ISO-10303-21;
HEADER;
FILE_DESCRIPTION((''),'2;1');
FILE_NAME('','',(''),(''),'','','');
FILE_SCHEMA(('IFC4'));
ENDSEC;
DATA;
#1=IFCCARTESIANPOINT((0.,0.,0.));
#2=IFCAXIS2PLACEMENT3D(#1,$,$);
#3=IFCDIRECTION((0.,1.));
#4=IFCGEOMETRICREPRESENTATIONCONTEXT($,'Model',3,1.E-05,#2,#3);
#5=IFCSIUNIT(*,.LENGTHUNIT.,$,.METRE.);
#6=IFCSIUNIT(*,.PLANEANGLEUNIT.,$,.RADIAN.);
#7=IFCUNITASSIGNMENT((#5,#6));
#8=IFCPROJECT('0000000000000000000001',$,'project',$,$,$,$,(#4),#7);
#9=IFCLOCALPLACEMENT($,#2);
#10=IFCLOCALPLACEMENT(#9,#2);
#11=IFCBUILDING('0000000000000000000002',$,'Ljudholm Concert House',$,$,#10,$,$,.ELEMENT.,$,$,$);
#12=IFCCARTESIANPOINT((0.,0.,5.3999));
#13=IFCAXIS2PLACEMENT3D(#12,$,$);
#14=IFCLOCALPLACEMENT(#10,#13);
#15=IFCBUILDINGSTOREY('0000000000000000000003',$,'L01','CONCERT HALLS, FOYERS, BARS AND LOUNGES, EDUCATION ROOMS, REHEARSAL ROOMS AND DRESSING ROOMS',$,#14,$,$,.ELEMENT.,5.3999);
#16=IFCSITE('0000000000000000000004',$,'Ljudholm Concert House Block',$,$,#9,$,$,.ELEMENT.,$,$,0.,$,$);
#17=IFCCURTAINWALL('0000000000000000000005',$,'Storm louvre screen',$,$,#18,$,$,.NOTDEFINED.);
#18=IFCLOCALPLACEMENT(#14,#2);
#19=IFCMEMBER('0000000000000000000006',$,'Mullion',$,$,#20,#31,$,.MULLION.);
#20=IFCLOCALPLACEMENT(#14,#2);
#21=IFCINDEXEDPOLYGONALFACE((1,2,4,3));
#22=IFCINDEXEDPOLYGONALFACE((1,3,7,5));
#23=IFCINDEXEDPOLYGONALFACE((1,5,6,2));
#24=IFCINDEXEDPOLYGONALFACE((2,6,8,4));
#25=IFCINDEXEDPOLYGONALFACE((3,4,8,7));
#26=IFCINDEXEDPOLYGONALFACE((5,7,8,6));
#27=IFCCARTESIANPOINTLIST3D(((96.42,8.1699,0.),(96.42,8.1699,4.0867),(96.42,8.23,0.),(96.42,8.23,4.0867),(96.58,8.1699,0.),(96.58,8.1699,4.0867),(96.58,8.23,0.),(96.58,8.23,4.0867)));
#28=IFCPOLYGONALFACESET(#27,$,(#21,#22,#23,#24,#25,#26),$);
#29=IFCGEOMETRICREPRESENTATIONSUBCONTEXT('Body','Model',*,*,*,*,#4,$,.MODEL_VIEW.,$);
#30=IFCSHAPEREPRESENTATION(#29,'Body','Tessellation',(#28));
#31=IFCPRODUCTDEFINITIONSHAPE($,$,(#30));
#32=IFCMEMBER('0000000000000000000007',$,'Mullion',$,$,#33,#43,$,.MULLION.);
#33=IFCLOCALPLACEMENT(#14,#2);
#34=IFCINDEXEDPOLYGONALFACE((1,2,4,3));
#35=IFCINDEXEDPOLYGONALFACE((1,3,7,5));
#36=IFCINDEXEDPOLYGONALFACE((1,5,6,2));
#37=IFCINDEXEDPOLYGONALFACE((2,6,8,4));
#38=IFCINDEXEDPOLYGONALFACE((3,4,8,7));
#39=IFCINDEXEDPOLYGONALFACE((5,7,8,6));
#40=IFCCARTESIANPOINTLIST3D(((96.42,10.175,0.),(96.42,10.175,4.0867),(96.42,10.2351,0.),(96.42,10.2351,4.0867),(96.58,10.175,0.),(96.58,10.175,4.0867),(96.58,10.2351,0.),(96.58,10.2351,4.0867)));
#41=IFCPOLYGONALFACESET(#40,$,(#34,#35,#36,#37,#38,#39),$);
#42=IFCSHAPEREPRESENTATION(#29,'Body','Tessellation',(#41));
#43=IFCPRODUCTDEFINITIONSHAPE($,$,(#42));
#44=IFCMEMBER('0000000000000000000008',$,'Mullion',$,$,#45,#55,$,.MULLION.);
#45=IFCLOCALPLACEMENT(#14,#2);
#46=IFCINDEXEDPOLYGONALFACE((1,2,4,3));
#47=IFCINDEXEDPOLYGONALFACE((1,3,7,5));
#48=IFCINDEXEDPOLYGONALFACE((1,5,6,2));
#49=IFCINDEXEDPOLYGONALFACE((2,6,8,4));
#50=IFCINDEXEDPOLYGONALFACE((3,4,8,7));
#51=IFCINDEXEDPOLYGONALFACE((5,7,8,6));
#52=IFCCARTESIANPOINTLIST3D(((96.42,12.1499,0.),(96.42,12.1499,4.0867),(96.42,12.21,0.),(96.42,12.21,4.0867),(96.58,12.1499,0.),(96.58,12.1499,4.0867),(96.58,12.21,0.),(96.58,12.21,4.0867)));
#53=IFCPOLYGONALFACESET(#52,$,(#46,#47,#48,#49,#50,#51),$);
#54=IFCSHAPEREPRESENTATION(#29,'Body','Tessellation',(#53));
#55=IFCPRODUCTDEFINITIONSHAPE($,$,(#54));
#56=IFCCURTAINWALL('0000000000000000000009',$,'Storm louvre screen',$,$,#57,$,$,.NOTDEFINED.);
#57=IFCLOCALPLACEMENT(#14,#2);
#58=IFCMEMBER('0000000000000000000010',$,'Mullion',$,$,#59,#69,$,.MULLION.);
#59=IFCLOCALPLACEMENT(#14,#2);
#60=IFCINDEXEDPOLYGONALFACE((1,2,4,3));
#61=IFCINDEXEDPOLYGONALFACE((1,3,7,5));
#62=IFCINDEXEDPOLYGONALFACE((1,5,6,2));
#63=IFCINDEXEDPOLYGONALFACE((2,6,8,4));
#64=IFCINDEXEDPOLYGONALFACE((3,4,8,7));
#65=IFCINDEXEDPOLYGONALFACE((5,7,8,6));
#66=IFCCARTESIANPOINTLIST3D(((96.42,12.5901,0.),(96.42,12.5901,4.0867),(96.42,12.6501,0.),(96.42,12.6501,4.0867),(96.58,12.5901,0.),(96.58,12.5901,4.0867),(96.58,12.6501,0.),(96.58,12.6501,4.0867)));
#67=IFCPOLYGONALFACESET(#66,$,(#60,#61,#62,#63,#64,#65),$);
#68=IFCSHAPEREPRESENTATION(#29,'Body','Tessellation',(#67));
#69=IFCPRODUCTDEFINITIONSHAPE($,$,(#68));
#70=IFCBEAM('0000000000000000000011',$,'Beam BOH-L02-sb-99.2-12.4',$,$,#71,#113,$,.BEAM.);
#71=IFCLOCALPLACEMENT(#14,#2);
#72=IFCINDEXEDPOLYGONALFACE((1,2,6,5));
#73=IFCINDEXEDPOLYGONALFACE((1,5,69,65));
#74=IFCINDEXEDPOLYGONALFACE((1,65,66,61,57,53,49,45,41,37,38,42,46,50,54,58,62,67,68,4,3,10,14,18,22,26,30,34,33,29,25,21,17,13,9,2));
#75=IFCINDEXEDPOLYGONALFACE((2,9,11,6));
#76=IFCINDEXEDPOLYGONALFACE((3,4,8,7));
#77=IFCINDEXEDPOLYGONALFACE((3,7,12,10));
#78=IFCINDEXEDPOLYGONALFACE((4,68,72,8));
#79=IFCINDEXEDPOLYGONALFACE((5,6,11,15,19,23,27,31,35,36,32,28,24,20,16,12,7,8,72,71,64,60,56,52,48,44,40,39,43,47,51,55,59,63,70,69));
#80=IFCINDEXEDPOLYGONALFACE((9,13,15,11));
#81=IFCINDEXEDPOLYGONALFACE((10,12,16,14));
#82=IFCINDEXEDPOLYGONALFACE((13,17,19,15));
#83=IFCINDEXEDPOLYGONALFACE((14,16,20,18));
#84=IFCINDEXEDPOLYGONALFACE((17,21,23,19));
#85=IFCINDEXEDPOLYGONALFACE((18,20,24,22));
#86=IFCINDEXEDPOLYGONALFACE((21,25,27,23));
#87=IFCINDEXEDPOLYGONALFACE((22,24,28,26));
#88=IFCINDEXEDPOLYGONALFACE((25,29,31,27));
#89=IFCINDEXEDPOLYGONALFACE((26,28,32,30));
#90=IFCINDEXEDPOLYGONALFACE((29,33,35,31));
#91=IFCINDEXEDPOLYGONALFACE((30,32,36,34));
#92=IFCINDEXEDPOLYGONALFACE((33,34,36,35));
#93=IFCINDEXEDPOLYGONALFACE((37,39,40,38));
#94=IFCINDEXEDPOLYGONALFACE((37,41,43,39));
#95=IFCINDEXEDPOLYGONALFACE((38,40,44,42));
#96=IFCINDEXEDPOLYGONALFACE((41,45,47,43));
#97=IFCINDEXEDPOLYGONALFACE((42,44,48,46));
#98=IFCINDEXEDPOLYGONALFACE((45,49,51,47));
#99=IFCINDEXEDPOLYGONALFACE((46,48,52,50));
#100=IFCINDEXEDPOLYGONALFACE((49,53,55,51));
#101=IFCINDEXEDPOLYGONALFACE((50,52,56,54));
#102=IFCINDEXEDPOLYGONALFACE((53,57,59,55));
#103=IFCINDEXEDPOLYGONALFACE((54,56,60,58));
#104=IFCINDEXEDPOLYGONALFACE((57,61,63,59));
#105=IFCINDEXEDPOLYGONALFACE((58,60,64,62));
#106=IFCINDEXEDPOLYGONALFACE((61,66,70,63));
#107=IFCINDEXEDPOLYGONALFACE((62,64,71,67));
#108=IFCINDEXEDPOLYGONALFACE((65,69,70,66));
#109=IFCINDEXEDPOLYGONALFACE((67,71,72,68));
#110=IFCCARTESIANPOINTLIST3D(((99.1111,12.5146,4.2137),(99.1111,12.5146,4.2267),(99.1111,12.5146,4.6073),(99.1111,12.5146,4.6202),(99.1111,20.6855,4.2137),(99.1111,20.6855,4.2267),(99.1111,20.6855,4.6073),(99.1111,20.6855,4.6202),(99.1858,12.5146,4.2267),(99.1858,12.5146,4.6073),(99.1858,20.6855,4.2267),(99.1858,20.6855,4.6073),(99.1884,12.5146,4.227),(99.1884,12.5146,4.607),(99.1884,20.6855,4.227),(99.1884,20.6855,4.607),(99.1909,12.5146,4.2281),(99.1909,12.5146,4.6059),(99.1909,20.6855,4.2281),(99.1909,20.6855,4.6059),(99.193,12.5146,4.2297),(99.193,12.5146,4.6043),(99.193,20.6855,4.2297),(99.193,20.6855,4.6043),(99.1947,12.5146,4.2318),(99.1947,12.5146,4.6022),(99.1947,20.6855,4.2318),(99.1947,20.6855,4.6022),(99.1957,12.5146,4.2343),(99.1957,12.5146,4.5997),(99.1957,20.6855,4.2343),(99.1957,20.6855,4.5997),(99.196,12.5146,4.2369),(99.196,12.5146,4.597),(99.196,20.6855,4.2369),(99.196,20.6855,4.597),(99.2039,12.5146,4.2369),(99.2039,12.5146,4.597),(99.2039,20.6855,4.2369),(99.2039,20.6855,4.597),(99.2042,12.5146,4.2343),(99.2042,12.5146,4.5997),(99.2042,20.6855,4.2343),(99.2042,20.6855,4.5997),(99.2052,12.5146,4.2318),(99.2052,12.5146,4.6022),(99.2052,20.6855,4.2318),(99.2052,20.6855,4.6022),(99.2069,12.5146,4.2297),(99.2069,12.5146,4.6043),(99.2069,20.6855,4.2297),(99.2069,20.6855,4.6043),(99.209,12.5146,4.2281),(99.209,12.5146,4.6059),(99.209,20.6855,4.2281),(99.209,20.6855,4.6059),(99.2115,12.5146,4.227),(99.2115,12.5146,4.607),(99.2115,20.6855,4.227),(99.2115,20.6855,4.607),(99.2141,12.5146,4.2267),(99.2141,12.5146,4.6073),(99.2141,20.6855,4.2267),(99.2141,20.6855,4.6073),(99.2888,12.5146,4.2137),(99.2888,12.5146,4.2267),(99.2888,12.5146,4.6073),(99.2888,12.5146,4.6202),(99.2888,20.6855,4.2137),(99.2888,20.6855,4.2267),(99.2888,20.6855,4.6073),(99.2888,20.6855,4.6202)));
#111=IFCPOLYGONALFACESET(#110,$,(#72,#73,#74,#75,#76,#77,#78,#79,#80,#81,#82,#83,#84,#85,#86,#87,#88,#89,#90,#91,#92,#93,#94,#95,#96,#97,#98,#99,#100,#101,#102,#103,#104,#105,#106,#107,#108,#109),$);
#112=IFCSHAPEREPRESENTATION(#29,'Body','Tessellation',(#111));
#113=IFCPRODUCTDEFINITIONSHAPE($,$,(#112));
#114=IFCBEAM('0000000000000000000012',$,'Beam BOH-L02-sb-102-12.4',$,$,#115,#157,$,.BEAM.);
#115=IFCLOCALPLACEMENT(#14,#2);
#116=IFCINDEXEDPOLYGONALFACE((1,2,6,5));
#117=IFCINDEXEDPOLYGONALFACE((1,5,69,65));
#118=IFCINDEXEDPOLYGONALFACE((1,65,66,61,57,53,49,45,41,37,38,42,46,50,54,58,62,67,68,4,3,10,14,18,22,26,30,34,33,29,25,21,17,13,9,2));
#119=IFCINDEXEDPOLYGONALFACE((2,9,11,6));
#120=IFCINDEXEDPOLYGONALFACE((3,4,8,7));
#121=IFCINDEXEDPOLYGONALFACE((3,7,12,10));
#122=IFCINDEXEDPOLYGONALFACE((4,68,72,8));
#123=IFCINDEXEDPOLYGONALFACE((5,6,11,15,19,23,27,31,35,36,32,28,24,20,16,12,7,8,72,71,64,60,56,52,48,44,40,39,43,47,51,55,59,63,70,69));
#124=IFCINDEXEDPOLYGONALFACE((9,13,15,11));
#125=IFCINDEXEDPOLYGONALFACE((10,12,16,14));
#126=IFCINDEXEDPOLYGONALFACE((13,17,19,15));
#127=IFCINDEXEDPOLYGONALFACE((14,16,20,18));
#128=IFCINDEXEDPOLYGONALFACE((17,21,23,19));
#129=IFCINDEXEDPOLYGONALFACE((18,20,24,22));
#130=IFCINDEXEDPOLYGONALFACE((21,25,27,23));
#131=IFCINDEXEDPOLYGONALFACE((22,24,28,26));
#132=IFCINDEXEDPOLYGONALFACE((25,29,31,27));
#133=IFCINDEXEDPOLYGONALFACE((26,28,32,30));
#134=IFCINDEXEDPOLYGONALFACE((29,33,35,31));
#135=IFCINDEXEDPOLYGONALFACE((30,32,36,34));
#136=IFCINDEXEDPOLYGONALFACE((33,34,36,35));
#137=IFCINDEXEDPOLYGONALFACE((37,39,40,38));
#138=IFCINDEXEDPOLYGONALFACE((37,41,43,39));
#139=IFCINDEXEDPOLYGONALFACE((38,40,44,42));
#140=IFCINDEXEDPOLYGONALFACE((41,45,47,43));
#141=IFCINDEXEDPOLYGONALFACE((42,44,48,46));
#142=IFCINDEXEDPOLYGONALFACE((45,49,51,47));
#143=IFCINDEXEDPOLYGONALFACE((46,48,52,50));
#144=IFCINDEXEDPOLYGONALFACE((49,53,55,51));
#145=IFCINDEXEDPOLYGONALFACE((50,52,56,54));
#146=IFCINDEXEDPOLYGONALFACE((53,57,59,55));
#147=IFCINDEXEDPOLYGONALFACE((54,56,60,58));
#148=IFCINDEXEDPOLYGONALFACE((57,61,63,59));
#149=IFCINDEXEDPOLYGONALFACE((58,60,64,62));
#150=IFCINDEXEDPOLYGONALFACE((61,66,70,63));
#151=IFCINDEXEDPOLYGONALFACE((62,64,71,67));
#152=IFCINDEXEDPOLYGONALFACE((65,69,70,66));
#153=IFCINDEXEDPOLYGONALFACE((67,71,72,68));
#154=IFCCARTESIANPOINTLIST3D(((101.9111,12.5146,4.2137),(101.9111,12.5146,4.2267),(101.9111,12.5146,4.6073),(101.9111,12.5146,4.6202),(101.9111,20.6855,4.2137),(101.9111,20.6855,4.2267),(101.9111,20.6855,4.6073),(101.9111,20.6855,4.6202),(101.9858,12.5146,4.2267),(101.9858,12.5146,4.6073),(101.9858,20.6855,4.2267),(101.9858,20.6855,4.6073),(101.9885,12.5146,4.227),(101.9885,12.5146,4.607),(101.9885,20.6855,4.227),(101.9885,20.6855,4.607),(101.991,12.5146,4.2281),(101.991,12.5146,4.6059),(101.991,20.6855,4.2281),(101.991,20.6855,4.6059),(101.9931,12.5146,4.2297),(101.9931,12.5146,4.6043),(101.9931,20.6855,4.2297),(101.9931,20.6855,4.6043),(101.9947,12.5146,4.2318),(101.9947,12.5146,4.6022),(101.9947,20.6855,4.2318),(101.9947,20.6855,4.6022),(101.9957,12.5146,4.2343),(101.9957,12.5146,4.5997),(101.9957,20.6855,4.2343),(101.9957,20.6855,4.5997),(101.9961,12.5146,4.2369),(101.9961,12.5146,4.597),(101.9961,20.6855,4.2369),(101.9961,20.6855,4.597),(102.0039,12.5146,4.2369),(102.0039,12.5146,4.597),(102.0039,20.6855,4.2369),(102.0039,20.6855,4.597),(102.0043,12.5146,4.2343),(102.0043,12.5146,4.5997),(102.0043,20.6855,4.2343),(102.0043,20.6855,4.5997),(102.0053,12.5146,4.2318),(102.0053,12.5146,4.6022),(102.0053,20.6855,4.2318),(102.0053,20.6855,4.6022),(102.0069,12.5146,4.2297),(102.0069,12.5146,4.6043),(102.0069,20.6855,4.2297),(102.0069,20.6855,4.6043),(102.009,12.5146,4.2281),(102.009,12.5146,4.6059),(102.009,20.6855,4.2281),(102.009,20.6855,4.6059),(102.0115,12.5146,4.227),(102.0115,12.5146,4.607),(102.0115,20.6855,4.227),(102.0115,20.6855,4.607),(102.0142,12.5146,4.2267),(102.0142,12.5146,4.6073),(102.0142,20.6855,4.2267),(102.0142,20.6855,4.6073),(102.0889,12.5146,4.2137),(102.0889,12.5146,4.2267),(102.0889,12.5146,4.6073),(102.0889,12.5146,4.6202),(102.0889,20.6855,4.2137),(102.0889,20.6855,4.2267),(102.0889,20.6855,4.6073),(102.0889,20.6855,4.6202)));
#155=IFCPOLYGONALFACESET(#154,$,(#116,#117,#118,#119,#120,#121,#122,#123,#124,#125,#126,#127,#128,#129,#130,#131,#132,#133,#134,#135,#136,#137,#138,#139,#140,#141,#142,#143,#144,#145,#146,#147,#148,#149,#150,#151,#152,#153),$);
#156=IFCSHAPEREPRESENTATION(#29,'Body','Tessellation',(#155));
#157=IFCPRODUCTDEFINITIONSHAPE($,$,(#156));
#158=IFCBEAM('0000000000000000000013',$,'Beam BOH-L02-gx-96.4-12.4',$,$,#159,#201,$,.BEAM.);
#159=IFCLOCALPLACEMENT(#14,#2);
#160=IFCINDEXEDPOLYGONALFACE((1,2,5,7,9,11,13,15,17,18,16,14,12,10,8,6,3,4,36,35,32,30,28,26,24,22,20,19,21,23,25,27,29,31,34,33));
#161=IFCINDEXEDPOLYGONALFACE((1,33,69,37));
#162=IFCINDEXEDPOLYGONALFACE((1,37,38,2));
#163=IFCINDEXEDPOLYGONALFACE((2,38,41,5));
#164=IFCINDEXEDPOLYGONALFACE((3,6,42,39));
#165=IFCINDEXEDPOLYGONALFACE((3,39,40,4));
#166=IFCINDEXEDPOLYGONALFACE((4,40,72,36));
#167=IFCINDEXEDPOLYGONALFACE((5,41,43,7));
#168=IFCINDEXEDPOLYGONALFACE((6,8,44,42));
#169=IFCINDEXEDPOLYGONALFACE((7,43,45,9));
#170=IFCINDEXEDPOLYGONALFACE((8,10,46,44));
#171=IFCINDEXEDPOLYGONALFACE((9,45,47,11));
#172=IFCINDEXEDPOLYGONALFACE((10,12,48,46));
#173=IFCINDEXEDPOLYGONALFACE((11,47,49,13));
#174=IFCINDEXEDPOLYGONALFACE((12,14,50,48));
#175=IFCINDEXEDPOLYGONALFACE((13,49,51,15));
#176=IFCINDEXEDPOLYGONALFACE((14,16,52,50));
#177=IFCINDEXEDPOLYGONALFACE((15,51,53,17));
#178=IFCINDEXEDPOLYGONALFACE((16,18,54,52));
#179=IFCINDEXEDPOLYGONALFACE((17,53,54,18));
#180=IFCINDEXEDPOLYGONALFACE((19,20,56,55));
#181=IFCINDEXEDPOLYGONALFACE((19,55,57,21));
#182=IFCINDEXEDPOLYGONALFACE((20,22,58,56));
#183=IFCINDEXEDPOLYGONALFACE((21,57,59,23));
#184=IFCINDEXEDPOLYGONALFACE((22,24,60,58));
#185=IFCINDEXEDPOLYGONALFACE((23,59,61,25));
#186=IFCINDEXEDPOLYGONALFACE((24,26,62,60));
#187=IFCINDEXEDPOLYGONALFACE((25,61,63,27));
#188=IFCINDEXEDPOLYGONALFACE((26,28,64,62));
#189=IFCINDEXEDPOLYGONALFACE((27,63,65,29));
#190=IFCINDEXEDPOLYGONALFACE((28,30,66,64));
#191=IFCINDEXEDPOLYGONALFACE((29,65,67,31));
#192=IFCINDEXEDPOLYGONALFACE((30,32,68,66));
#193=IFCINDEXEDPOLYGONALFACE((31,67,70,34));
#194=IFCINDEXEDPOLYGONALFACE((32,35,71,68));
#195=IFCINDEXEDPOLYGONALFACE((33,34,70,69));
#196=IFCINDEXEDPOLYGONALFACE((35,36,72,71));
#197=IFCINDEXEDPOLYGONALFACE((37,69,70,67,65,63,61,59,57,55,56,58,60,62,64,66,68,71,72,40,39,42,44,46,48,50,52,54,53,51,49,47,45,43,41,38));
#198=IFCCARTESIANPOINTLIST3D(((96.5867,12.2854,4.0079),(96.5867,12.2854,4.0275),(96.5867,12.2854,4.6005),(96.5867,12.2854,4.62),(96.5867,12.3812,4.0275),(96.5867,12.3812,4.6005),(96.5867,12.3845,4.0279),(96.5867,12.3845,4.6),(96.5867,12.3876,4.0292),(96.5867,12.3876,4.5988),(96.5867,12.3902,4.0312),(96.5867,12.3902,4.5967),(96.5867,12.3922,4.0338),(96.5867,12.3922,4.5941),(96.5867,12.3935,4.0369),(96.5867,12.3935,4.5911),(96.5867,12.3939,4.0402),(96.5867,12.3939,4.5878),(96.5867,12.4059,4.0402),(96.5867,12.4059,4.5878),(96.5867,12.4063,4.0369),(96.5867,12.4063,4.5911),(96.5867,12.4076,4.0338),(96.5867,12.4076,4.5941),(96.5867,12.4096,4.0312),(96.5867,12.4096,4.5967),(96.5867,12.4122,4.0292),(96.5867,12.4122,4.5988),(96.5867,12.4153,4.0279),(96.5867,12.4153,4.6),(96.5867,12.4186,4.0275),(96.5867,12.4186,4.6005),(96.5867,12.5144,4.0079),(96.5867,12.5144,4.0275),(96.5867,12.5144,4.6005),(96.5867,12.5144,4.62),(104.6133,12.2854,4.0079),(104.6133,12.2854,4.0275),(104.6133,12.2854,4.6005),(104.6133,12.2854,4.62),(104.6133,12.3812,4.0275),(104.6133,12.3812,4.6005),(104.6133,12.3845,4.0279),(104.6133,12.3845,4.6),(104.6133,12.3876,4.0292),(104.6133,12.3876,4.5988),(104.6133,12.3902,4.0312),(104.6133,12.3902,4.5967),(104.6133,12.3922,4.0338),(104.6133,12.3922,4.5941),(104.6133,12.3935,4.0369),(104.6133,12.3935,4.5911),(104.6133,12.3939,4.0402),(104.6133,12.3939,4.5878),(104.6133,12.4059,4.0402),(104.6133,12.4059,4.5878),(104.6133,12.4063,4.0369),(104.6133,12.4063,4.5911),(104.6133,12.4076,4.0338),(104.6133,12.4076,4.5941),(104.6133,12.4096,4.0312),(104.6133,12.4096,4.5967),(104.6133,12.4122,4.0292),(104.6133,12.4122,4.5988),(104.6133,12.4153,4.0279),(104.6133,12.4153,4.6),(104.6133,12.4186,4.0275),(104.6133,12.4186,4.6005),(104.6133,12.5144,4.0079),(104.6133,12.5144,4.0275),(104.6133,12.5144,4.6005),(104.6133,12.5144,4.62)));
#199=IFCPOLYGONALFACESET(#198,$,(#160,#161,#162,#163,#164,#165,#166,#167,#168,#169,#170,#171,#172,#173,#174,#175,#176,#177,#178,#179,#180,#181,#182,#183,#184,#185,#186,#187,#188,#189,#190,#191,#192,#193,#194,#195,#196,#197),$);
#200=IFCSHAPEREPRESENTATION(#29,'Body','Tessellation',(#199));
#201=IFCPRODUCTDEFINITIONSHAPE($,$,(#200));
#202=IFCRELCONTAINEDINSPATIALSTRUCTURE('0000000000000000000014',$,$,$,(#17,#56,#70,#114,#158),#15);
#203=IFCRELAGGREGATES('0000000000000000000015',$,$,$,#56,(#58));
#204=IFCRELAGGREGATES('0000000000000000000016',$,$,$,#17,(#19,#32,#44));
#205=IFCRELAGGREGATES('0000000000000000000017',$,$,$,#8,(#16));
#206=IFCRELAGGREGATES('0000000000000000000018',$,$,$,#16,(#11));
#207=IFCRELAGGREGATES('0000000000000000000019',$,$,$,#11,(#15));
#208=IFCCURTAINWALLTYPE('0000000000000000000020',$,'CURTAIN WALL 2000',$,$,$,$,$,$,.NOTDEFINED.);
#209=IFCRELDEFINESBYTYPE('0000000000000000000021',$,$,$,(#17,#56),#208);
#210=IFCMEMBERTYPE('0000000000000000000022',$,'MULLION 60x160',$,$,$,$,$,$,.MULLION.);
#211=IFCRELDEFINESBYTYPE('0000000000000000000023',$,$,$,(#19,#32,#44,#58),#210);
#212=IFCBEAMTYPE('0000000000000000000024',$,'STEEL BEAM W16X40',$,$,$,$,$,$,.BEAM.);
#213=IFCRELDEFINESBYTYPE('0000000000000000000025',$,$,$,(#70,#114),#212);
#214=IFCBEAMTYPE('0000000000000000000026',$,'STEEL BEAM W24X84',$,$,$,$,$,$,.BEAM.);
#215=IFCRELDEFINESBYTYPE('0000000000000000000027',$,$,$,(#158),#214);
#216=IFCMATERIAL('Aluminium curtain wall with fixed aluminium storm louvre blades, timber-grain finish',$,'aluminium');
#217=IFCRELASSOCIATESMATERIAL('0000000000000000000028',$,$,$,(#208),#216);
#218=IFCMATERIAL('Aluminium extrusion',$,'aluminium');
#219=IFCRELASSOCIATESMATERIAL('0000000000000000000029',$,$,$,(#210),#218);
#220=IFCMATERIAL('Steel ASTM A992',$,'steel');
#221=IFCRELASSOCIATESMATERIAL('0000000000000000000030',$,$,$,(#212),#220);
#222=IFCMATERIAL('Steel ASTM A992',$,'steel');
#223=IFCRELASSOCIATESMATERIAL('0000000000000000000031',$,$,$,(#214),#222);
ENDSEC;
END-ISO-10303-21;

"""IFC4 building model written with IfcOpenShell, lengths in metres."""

from ifc_helpers import new_model, si_unit, direction, frame, origin, origin_2d, place, context, subcontext, project, spatial, rectangle, i_section, extrude, material, material_profile, profile_set, type_object, element, aggregate, save


model = new_model("IFC4")

# Units and contexts
model_context = context("Model", 3, precision=1e-05, world=origin(), true_north=direction((0.0, 1.0)))
body_context = subcontext(model_context, "Body", "Model", "MODEL_VIEW")
ifc_project = project(units=[si_unit("LENGTHUNIT", "METRE"), si_unit("PLANEANGLEUNIT", "RADIAN")], contexts=[model_context])

# Site, building, storey
site_placement = place(None, origin())
site = spatial("IfcSite", under=ifc_project, at=site_placement, Name="Ljudholm Concert House Block", CompositionType="ELEMENT", RefElevation=0.0)
building_placement = place(site_placement, origin())
building = spatial("IfcBuilding", under=site, at=building_placement, Name="Ljudholm Concert House", CompositionType="ELEMENT")
storey_placement = place(building_placement, frame((0.0, 0.0, 5.3999)))
storey = spatial("IfcBuildingStorey", under=building, at=storey_placement, Name="L01", Description="CONCERT HALLS, FOYERS, BARS AND LOUNGES, EDUCATION ROOMS, REHEARSAL ROOMS AND DRESSING ROOMS", CompositionType="ELEMENT", Elevation=5.3999)

# Curtain wall, members
ifc_material_1 = material(Name="Aluminium curtain wall with fixed aluminium storm louvre blades, timber-grain finish", Category="aluminium")
curtain_wall_type = type_object("IfcCurtainWallType", Name="CURTAIN WALL 2000", PredefinedType="NOTDEFINED", material=ifc_material_1)
curtain_wall_1_placement = place(storey_placement, origin())
curtain_wall_1 = element("IfcCurtainWall", 1, at=curtain_wall_1_placement, inside=storey, type_object=curtain_wall_type, Name="Storm louvre screen", PredefinedType="NOTDEFINED")
ifc_material_2 = material(Name="Aluminium extrusion", Category="aluminium")
ifc_material_profile_1 = material_profile(ifc_material_2, rectangle(XDim=0.1599, YDim=0.0601, at=origin_2d()), Name="MULLION 60x160")
ifc_profile_set_1 = profile_set([ifc_material_profile_1], Name="Aluminium extrusion")
member_type_1 = type_object("IfcMemberType", Name="MULLION 60x160", PredefinedType="MULLION", material=ifc_profile_set_1)
member_1_placement = place(storey_placement, frame((96.5, 8.2, 0.0), z_axis=(0.0, 0.0, 1.0), x_axis=(-1.0, 0.0, 0.0)))
member_1 = element("IfcMember", 2, at=member_1_placement, type_object=member_type_1, Name="Mullion", PredefinedType="MULLION", context=body_context, shape_type="SweptSolid", body=[
    extrude(rectangle(XDim=0.1599, YDim=0.0601, at=origin_2d()), origin(), (0.0, 0.0, 1.0), 4.0867),
])
member_2_placement = place(storey_placement, frame((96.5, 10.2051, 0.0), z_axis=(0.0, 0.0, 1.0), x_axis=(-1.0, 0.0, 0.0)))
member_2 = element("IfcMember", 3, at=member_2_placement, type_object=member_type_1, Name="Mullion", PredefinedType="MULLION", context=body_context, shape_type="SweptSolid", body=[
    extrude(rectangle(XDim=0.1599, YDim=0.0601, at=origin_2d()), origin(), (0.0, 0.0, 1.0), 4.0867),
])
member_3_placement = place(storey_placement, frame((96.5, 12.1799, 0.0), z_axis=(0.0, 0.0, 1.0), x_axis=(-1.0, 0.0, 0.0)))
member_3 = element("IfcMember", 4, at=member_3_placement, type_object=member_type_1, Name="Mullion", PredefinedType="MULLION", context=body_context, shape_type="SweptSolid", body=[
    extrude(rectangle(XDim=0.1599, YDim=0.0601, at=origin_2d()), origin(), (0.0, 0.0, 1.0), 4.0867),
])

# Curtain wall, member
curtain_wall_2_placement = place(storey_placement, origin())
curtain_wall_2 = element("IfcCurtainWall", 5, at=curtain_wall_2_placement, inside=storey, type_object=curtain_wall_type, Name="Storm louvre screen", PredefinedType="NOTDEFINED")
member_4_placement = place(storey_placement, frame((96.5, 12.6201, 0.0), z_axis=(0.0, 0.0, 1.0), x_axis=(-1.0, 0.0, 0.0)))
member_4 = element("IfcMember", 6, at=member_4_placement, type_object=member_type_1, Name="Mullion", PredefinedType="MULLION", context=body_context, shape_type="SweptSolid", body=[
    extrude(rectangle(XDim=0.1599, YDim=0.0601, at=origin_2d()), origin(), (0.0, 0.0, 1.0), 4.0867),
])

# Beams
ifc_material_3 = material(Name="Steel ASTM A992", Category="steel")
ifc_material_profile_2 = material_profile(ifc_material_3, i_section(OverallWidth=0.1777, OverallDepth=0.4065, WebThickness=0.0078, FlangeThickness=0.0129, FilletRadius=0.0103, at=origin_2d()), Name="W16X40")
ifc_profile_set_2 = profile_set([ifc_material_profile_2], Name="Steel ASTM A992")
beam_type_1 = type_object("IfcBeamType", Name="STEEL BEAM W16X40", PredefinedType="BEAM", material=ifc_profile_set_2)
for number, where, z_axis, x_axis, name in (
    (7, (99.2, 12.5146, 4.417), (0.0, 1.0, 0.0), (-1.0, 0.0, 0.0), "Beam BOH-L02-sb-99.2-12.4"),
    (8, (102.0, 12.5146, 4.417), (0.0, 1.0, 0.0), (-1.0, 0.0, 0.0), "Beam BOH-L02-sb-102-12.4"),
):
    element("IfcBeam", number, at=place(storey_placement, frame(where, z_axis=z_axis, x_axis=x_axis)), inside=storey, type_object=beam_type_1, Name=name, PredefinedType="BEAM", context=body_context, shape_type="SweptSolid", body=[
        extrude(i_section(OverallWidth=0.1777, OverallDepth=0.4065, WebThickness=0.0078, FlangeThickness=0.0129, FilletRadius=0.0103, at=origin_2d()), origin(), (0.0, 0.0, 1.0), 8.1709),
    ])
ifc_material_4 = material(Name="Steel ASTM A992", Category="steel")
ifc_material_profile_3 = material_profile(ifc_material_4, i_section(OverallWidth=0.229, OverallDepth=0.6121, WebThickness=0.012, FlangeThickness=0.0195, FilletRadius=0.0127, at=origin_2d()), Name="W24X84")
ifc_profile_set_3 = profile_set([ifc_material_profile_3], Name="Steel ASTM A992")
beam_type_2 = type_object("IfcBeamType", Name="STEEL BEAM W24X84", PredefinedType="BEAM", material=ifc_profile_set_3)
beam_placement = place(storey_placement, frame((96.5867, 12.3999, 4.314), z_axis=(1.0, 0.0, 0.0), x_axis=(0.0, 1.0, 0.0)))
element("IfcBeam", 9, at=beam_placement, inside=storey, type_object=beam_type_2, Name="Beam BOH-L02-gx-96.4-12.4", PredefinedType="BEAM", context=body_context, shape_type="SweptSolid", body=[
    extrude(i_section(OverallWidth=0.229, OverallDepth=0.6121, WebThickness=0.012, FlangeThickness=0.0195, FilletRadius=0.0127, at=origin_2d()), origin(), (0.0, 0.0, 1.0), 8.0266),
])

aggregate(curtain_wall_2, [member_4])

aggregate(curtain_wall_1, [member_1, member_2, member_3])

save(model, "model.ifc")
